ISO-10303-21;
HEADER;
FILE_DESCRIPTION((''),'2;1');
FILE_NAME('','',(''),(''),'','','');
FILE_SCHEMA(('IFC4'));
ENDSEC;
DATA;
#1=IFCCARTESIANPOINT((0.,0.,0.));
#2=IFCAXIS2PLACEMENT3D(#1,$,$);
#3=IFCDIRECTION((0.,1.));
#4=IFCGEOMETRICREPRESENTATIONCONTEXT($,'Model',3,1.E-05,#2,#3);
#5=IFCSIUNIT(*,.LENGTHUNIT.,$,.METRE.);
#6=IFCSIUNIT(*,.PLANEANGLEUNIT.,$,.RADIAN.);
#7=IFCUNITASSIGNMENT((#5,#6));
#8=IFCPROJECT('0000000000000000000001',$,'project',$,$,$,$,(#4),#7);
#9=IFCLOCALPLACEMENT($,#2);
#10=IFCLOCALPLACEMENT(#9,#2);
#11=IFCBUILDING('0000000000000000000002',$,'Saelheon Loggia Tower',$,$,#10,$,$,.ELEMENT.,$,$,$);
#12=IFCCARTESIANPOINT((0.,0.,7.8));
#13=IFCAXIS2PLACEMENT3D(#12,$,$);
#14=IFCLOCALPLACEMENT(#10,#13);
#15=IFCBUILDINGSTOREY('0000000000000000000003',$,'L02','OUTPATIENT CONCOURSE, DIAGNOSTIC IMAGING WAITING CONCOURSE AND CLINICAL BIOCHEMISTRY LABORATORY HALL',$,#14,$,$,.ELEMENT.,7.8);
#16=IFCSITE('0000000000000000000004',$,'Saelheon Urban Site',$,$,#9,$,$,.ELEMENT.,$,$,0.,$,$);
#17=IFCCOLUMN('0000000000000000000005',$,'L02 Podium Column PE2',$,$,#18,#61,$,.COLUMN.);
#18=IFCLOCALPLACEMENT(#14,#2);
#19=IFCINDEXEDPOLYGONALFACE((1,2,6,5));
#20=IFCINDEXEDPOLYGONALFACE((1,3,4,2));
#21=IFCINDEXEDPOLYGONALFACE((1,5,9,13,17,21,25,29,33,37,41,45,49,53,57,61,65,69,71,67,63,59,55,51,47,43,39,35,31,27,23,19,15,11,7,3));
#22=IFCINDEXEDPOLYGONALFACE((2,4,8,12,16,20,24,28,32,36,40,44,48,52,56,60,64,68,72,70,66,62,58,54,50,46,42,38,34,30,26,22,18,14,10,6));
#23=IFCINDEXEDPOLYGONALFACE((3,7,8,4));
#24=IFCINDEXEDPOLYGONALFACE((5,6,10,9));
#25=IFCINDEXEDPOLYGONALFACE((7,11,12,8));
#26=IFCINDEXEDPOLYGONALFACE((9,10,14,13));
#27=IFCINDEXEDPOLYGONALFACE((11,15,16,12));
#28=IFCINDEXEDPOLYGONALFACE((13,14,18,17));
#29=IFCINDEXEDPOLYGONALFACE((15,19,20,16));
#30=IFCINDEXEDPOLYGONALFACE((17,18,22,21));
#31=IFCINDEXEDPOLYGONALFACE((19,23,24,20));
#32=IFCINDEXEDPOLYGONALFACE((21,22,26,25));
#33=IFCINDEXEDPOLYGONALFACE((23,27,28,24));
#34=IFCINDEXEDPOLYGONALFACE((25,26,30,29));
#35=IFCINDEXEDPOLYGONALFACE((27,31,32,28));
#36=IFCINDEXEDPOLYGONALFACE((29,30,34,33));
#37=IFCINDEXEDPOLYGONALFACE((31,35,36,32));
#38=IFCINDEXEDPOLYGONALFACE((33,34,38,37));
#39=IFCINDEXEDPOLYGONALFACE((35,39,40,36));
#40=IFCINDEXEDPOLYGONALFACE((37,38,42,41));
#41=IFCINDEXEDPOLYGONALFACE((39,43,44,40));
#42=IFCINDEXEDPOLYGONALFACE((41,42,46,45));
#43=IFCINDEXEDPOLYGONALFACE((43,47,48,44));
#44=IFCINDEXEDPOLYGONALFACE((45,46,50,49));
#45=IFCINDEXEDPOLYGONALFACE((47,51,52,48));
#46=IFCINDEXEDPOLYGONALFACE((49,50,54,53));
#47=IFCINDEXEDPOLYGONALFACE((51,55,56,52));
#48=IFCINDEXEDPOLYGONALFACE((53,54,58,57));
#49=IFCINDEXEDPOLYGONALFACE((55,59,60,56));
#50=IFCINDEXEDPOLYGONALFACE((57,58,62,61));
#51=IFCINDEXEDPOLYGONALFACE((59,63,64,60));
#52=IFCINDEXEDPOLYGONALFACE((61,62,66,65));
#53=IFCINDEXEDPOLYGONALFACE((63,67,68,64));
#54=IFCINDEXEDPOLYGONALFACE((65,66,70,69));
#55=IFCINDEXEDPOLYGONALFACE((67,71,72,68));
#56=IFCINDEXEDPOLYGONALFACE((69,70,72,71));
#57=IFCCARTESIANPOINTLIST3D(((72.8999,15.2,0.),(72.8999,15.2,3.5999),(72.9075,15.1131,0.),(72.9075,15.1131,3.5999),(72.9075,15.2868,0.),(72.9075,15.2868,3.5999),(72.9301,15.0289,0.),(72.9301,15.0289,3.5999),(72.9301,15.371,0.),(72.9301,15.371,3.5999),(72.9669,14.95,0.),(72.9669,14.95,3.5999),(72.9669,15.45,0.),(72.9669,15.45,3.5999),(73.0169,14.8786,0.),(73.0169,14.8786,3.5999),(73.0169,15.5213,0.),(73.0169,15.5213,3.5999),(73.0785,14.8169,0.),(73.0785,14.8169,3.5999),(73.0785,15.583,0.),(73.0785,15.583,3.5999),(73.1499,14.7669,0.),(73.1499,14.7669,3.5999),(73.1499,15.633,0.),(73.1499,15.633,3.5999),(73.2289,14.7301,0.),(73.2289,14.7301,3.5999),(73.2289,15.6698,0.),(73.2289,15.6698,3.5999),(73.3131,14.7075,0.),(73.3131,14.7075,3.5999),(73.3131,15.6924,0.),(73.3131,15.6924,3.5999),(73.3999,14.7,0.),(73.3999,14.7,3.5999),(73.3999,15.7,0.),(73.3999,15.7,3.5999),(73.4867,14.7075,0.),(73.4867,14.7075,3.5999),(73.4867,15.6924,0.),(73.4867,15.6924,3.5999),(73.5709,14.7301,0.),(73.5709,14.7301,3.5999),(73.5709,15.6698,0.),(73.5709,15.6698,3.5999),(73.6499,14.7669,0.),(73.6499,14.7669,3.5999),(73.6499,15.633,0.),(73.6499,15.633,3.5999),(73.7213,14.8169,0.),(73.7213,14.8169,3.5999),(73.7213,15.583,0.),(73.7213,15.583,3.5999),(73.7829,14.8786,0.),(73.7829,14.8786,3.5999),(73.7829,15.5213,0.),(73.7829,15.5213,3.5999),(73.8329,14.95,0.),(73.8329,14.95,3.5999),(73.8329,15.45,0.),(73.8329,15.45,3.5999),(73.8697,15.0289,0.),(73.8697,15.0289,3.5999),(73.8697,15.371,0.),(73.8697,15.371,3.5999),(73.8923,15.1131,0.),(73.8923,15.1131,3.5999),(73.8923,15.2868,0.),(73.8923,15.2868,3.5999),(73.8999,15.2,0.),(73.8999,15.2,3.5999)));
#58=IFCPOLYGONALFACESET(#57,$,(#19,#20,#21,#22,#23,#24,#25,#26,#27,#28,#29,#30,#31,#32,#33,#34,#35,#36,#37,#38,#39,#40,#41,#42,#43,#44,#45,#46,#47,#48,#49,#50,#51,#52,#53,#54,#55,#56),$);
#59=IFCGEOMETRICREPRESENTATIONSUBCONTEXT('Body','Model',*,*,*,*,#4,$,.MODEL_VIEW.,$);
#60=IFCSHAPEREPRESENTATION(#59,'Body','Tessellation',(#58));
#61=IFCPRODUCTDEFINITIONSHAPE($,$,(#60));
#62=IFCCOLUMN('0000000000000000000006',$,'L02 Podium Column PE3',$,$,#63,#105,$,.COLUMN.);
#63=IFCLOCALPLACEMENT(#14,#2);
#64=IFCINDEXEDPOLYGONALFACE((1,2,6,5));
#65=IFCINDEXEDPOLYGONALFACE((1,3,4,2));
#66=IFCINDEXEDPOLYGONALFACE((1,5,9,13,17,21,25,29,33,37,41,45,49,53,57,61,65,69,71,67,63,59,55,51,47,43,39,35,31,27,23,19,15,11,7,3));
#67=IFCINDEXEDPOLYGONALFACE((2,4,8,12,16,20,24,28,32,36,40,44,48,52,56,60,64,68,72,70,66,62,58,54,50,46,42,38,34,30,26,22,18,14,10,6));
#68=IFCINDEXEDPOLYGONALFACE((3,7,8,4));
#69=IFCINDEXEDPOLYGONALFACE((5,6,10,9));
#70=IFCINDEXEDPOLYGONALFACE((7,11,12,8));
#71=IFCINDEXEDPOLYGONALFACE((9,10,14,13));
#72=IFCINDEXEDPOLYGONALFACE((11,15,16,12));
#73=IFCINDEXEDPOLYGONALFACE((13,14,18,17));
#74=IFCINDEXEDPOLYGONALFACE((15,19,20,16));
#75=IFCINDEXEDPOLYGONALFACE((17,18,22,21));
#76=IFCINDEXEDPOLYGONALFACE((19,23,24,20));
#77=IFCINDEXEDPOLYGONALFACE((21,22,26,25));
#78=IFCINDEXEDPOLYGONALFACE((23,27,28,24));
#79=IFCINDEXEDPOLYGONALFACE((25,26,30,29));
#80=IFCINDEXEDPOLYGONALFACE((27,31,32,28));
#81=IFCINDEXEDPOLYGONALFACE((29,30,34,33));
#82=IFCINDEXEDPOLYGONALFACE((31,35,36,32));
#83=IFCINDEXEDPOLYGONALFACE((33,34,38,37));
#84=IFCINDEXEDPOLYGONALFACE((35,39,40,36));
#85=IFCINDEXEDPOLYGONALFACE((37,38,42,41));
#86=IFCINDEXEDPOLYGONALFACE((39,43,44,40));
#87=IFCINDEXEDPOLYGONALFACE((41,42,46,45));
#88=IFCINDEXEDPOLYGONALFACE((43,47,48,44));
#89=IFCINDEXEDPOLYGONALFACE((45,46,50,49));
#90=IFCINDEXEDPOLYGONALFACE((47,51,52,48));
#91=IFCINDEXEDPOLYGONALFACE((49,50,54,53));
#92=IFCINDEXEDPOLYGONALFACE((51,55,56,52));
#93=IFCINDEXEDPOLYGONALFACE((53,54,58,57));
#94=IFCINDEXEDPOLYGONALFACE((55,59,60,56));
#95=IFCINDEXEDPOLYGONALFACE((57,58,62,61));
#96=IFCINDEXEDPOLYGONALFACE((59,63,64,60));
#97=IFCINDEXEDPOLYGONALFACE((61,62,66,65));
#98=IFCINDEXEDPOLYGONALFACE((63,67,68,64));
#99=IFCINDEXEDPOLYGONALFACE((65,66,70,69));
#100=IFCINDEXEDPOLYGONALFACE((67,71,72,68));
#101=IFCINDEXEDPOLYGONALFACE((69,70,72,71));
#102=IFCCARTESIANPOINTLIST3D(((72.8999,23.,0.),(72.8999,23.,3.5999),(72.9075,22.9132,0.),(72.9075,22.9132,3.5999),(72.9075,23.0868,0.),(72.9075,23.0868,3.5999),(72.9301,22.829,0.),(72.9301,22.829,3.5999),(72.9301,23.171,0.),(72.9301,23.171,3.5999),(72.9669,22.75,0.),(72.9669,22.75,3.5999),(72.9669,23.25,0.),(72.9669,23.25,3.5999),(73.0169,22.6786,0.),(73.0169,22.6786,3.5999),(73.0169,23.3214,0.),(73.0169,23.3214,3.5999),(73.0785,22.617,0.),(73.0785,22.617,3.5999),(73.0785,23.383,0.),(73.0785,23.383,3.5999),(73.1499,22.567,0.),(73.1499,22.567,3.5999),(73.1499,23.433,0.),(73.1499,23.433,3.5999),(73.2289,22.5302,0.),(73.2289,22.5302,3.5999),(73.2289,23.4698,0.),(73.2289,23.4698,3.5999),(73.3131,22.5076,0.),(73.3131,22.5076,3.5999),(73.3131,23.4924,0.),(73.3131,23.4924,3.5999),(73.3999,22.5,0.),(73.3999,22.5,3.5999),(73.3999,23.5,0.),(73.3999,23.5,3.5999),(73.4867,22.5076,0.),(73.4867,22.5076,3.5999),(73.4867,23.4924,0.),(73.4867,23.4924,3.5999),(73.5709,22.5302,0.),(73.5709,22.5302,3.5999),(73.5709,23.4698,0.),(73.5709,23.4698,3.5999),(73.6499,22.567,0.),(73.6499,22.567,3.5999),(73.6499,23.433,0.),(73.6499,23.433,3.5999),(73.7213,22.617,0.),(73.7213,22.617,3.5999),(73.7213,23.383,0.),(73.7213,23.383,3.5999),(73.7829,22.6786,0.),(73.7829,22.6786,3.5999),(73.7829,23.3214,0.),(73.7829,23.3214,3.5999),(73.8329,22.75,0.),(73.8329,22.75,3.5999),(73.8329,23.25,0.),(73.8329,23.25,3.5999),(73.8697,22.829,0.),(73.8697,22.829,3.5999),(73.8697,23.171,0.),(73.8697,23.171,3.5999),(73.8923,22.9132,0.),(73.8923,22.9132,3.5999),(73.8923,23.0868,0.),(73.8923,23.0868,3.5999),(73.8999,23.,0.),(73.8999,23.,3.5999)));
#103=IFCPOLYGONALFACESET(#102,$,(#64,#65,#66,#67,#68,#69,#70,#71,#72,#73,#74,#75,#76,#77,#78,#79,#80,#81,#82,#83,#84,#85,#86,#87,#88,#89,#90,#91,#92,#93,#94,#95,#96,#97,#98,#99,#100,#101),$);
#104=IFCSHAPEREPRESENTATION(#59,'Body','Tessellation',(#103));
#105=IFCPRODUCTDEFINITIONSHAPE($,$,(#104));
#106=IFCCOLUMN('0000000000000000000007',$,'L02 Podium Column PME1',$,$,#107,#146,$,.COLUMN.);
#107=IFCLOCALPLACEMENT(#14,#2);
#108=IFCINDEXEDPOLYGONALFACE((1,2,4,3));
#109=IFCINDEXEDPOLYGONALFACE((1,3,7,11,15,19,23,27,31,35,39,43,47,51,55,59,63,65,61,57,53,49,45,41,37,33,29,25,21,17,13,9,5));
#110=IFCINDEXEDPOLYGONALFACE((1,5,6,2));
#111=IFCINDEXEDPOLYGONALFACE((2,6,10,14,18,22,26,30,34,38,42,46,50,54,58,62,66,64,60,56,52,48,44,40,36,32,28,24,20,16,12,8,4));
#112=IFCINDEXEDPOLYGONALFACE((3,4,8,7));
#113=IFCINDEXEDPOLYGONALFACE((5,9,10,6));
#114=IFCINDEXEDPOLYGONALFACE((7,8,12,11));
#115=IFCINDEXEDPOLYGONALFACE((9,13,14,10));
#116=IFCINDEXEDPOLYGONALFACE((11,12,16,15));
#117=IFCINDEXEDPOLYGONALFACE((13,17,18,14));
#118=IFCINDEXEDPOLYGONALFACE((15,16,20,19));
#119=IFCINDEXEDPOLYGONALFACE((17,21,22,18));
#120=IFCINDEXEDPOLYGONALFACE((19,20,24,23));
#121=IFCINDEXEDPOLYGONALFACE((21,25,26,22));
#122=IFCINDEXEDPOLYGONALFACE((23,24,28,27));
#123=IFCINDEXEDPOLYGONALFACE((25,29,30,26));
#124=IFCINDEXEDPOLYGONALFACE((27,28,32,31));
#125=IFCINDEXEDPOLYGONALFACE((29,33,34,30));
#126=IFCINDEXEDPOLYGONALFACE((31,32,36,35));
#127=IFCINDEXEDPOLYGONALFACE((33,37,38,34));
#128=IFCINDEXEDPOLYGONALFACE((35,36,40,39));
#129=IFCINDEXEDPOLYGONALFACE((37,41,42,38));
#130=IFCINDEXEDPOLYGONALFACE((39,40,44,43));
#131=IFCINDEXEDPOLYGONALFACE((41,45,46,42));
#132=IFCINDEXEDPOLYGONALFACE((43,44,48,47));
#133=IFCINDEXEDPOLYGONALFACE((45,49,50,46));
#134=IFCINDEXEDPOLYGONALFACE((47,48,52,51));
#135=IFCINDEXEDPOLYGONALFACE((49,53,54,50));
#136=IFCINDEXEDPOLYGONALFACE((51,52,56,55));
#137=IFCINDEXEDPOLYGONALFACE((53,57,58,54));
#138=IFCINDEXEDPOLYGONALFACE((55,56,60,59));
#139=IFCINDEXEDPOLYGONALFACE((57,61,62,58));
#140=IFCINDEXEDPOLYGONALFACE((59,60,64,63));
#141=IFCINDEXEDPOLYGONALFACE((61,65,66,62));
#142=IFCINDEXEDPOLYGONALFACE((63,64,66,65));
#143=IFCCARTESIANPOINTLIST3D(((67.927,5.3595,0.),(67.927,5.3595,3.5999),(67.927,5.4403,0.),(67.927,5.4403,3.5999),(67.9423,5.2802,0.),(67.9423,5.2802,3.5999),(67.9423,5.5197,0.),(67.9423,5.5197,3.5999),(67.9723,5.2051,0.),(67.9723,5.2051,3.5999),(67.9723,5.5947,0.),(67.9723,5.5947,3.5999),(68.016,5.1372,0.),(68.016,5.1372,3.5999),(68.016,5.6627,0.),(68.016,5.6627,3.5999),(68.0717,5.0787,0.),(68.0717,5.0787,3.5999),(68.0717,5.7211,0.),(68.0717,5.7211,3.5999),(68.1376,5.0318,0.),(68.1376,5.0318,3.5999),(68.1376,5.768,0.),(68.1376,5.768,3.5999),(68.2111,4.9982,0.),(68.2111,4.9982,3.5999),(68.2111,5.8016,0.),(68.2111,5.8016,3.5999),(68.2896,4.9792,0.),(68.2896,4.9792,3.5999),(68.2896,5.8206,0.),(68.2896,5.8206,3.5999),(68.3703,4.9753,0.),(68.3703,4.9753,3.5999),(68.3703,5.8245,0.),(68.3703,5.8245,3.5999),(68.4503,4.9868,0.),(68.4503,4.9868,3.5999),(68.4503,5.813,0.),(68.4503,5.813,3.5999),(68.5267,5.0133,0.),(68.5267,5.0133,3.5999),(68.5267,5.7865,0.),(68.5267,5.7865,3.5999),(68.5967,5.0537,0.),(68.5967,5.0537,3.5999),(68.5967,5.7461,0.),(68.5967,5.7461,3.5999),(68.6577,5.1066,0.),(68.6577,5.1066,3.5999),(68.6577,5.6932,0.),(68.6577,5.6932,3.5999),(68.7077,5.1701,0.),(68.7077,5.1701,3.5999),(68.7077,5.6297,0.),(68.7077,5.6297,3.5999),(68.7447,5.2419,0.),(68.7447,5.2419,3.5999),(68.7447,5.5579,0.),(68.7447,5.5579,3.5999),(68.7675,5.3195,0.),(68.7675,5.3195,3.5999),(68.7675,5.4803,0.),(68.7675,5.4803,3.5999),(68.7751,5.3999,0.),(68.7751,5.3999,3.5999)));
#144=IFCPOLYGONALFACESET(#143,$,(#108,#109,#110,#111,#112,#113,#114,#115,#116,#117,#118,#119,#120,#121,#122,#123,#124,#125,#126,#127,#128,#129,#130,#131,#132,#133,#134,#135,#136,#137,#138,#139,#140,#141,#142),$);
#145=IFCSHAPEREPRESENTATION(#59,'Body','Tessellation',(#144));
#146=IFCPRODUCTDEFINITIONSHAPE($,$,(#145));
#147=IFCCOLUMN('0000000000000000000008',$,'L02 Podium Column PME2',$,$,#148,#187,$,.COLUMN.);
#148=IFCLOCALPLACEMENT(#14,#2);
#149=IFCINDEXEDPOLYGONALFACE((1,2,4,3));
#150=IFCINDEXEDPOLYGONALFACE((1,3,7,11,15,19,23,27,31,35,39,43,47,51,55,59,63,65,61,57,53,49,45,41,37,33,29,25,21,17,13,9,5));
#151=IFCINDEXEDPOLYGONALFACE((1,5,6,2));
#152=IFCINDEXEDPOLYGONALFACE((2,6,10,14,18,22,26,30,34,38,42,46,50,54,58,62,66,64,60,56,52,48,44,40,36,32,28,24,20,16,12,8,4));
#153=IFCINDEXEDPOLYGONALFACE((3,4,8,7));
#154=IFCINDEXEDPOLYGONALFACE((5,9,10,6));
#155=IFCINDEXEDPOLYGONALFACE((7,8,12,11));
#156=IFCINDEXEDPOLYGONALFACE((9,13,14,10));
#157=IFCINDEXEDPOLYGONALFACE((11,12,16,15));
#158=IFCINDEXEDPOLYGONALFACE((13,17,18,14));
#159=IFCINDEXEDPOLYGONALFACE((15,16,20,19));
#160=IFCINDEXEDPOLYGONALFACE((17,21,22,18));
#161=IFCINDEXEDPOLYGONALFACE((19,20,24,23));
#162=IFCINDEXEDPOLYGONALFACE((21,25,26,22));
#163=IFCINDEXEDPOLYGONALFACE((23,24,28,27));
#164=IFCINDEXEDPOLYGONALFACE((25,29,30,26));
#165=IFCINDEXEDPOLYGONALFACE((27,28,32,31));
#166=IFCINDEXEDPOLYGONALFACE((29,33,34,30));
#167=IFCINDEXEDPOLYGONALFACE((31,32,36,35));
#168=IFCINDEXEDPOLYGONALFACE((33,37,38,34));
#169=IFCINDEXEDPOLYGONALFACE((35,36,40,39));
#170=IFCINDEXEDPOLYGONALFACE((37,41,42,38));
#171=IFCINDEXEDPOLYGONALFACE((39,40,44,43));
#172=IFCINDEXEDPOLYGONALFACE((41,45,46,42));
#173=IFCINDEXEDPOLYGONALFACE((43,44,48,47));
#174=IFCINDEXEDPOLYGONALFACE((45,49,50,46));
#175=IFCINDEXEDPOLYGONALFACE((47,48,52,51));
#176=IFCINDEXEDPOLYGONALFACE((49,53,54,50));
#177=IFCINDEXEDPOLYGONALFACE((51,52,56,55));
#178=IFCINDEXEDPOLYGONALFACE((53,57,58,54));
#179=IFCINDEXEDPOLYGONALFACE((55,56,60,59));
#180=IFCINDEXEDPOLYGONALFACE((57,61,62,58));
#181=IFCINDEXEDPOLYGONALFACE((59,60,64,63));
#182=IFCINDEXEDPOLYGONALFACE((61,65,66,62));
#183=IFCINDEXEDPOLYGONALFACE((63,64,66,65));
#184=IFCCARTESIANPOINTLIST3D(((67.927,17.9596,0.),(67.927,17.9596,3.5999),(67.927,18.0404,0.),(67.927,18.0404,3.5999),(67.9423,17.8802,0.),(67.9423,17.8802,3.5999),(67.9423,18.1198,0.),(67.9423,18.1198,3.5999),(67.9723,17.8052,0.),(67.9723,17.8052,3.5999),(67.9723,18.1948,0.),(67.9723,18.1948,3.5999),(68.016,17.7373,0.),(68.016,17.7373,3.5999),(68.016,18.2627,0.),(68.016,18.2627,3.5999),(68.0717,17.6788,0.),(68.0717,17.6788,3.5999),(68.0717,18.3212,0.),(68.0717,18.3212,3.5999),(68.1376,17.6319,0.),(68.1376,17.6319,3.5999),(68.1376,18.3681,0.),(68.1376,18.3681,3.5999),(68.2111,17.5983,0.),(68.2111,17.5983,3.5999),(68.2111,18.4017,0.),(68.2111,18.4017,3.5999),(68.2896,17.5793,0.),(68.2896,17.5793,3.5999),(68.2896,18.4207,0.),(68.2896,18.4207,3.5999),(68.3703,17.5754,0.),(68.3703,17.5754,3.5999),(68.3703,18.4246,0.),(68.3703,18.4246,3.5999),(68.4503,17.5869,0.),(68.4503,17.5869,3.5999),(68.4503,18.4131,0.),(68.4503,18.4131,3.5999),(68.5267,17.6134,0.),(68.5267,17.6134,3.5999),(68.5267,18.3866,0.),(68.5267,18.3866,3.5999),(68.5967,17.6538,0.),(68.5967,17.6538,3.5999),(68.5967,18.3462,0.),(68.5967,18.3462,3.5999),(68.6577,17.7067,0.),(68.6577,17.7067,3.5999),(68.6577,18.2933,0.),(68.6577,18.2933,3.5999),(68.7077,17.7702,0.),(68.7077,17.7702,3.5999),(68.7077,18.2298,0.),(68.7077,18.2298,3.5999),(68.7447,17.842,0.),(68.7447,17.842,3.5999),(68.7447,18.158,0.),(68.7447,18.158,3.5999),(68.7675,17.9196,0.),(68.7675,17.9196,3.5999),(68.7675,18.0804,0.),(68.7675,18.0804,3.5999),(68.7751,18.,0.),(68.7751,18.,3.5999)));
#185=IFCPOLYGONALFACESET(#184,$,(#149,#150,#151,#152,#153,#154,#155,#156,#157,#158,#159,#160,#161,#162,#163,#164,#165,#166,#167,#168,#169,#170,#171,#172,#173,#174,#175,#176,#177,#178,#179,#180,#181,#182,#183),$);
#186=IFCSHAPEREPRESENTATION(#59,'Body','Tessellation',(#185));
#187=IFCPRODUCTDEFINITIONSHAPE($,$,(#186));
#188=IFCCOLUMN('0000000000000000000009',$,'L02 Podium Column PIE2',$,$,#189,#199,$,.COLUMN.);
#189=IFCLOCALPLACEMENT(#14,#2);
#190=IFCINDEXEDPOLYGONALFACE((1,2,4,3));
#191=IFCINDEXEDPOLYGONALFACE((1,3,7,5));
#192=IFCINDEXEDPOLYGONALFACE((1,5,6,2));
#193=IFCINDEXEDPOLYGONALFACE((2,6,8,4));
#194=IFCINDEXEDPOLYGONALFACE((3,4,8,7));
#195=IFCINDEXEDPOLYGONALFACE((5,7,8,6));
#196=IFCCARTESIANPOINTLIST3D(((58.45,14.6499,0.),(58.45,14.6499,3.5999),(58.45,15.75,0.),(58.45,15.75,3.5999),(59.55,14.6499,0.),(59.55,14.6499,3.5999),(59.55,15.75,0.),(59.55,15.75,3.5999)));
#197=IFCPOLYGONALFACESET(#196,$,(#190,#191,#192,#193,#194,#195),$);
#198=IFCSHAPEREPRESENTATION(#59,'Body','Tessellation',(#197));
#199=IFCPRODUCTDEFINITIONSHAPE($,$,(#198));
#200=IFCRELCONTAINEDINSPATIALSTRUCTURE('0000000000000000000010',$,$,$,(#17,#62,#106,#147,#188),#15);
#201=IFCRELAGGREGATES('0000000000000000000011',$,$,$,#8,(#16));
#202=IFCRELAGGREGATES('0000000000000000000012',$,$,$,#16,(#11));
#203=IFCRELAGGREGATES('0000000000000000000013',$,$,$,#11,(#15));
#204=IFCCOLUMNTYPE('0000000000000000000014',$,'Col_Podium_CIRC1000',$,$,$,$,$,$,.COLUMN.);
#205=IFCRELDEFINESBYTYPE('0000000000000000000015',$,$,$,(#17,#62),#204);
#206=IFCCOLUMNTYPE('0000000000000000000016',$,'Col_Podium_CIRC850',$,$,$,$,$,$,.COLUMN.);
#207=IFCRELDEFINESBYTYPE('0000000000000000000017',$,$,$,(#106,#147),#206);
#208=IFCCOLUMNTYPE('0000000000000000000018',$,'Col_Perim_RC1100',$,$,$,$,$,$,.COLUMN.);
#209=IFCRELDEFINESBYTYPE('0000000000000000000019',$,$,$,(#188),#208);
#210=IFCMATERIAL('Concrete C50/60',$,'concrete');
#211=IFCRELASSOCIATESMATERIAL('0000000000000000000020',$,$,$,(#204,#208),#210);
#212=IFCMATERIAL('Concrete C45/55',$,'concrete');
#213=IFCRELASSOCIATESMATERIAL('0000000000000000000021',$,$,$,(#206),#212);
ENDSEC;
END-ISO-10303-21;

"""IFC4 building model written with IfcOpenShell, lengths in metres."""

from ifc_helpers import new_model, si_unit, direction, frame, origin, origin_2d, place, context, subcontext, project, spatial, rectangle, circle, extrude, source, transform, mapped, material, material_profile, profile_set, type_object, element, save


model = new_model("IFC4")

# Units and contexts
model_context = context("Model", 3, precision=1e-05, world=origin(), true_north=direction((0.0, 1.0)))
body_context = subcontext(model_context, "Body", "Model", "MODEL_VIEW")
ifc_project = project(units=[si_unit("LENGTHUNIT", "METRE"), si_unit("PLANEANGLEUNIT", "RADIAN")], contexts=[model_context])

# Site, building, storey
site_placement = place(None, origin())
site = spatial("IfcSite", under=ifc_project, at=site_placement, Name="Saelheon Urban Site", CompositionType="ELEMENT", RefElevation=0.0)
building_placement = place(site_placement, origin())
building = spatial("IfcBuilding", under=site, at=building_placement, Name="Saelheon Loggia Tower", CompositionType="ELEMENT")
storey_placement = place(building_placement, frame((0.0, 0.0, 7.8)))
storey = spatial("IfcBuildingStorey", under=building, at=storey_placement, Name="L02", Description="OUTPATIENT CONCOURSE, DIAGNOSTIC IMAGING WAITING CONCOURSE AND CLINICAL BIOCHEMISTRY LABORATORY HALL", CompositionType="ELEMENT", Elevation=7.8)

# Columns
ifc_material_1 = material(Name="Concrete C50/60", Category="concrete")
ifc_material_profile_1 = material_profile(ifc_material_1, circle(Radius=0.5, at=origin_2d()), Name="CIRC-1000")
ifc_profile_set_1 = profile_set([ifc_material_profile_1], Name="Concrete C50/60")
column_type_1 = type_object("IfcColumnType", Name="Col_Podium_CIRC1000", PredefinedType="COLUMN", material=ifc_profile_set_1)
shared_shape_1 = source(origin(), body_context, "Body", "SweptSolid", [
    extrude(circle(Radius=0.5, at=origin_2d()), origin(), (0.0, 0.0, 1.0), 3.5999),
])
for number, where, z_axis, x_axis, name in (
    (1, (73.3999, 15.2, 0.0), (0.0, 0.0, 1.0), (1.0, 0.0, 0.0), "L02 Podium Column PE2"),
    (2, (73.3999, 23.0, 0.0), (0.0, 0.0, 1.0), (1.0, 0.0, 0.0), "L02 Podium Column PE3"),
):
    element("IfcColumn", number, at=place(storey_placement, frame(where, z_axis=z_axis, x_axis=x_axis)), inside=storey, type_object=column_type_1, Name=name, PredefinedType="COLUMN", context=body_context, shape_type="MappedRepresentation", body=[
        mapped(shared_shape_1, transform((0.0, 0.0, 0.0), scale=1.0)),
    ])
ifc_material_2 = material(Name="Concrete C45/55", Category="concrete")
ifc_material_profile_2 = material_profile(ifc_material_2, circle(Radius=0.425, at=origin_2d()), Name="CIRC-850")
ifc_profile_set_2 = profile_set([ifc_material_profile_2], Name="Concrete C45/55")
column_type_2 = type_object("IfcColumnType", Name="Col_Podium_CIRC850", PredefinedType="COLUMN", material=ifc_profile_set_2)
shared_shape_2 = source(origin(), body_context, "Body", "SweptSolid", [
    extrude(circle(Radius=0.425, at=origin_2d()), origin(), (0.0, 0.0, 1.0), 3.5999),
])
for number, where, z_axis, x_axis, name in (
    (3, (68.3501, 5.3999, 0.0), (0.0, 0.0, 1.0), (1.0, 0.0, 0.0), "L02 Podium Column PME1"),
    (4, (68.3501, 18.0, 0.0), (0.0, 0.0, 1.0), (1.0, 0.0, 0.0), "L02 Podium Column PME2"),
):
    element("IfcColumn", number, at=place(storey_placement, frame(where, z_axis=z_axis, x_axis=x_axis)), inside=storey, type_object=column_type_2, Name=name, PredefinedType="COLUMN", context=body_context, shape_type="MappedRepresentation", body=[
        mapped(shared_shape_2, transform((0.0, 0.0, 0.0), scale=1.0)),
    ])
ifc_material_profile_3 = material_profile(ifc_material_1, rectangle(XDim=1.1001, YDim=1.1001, at=origin_2d()), Name="RC-1100x1100")
ifc_profile_set_3 = profile_set([ifc_material_profile_3], Name="Concrete C50/60")
column_type_3 = type_object("IfcColumnType", Name="Col_Perim_RC1100", PredefinedType="COLUMN", material=ifc_profile_set_3)
shared_shape_3 = source(origin(), body_context, "Body", "SweptSolid", [
    extrude(rectangle(XDim=1.1001, YDim=1.1001, at=origin_2d()), origin(), (0.0, 0.0, 1.0), 3.5999),
])
for number, where, z_axis, x_axis, name in (
    (5, (59.0, 15.2, 0.0), (0.0, 0.0, 1.0), (1.0, 0.0, 0.0), "L02 Podium Column PIE2"),
):
    element("IfcColumn", number, at=place(storey_placement, frame(where, z_axis=z_axis, x_axis=x_axis)), inside=storey, type_object=column_type_3, Name=name, PredefinedType="COLUMN", context=body_context, shape_type="MappedRepresentation", body=[
        mapped(shared_shape_3, transform((0.0, 0.0, 0.0), scale=1.0)),
    ])

save(model, "model.ifc")
